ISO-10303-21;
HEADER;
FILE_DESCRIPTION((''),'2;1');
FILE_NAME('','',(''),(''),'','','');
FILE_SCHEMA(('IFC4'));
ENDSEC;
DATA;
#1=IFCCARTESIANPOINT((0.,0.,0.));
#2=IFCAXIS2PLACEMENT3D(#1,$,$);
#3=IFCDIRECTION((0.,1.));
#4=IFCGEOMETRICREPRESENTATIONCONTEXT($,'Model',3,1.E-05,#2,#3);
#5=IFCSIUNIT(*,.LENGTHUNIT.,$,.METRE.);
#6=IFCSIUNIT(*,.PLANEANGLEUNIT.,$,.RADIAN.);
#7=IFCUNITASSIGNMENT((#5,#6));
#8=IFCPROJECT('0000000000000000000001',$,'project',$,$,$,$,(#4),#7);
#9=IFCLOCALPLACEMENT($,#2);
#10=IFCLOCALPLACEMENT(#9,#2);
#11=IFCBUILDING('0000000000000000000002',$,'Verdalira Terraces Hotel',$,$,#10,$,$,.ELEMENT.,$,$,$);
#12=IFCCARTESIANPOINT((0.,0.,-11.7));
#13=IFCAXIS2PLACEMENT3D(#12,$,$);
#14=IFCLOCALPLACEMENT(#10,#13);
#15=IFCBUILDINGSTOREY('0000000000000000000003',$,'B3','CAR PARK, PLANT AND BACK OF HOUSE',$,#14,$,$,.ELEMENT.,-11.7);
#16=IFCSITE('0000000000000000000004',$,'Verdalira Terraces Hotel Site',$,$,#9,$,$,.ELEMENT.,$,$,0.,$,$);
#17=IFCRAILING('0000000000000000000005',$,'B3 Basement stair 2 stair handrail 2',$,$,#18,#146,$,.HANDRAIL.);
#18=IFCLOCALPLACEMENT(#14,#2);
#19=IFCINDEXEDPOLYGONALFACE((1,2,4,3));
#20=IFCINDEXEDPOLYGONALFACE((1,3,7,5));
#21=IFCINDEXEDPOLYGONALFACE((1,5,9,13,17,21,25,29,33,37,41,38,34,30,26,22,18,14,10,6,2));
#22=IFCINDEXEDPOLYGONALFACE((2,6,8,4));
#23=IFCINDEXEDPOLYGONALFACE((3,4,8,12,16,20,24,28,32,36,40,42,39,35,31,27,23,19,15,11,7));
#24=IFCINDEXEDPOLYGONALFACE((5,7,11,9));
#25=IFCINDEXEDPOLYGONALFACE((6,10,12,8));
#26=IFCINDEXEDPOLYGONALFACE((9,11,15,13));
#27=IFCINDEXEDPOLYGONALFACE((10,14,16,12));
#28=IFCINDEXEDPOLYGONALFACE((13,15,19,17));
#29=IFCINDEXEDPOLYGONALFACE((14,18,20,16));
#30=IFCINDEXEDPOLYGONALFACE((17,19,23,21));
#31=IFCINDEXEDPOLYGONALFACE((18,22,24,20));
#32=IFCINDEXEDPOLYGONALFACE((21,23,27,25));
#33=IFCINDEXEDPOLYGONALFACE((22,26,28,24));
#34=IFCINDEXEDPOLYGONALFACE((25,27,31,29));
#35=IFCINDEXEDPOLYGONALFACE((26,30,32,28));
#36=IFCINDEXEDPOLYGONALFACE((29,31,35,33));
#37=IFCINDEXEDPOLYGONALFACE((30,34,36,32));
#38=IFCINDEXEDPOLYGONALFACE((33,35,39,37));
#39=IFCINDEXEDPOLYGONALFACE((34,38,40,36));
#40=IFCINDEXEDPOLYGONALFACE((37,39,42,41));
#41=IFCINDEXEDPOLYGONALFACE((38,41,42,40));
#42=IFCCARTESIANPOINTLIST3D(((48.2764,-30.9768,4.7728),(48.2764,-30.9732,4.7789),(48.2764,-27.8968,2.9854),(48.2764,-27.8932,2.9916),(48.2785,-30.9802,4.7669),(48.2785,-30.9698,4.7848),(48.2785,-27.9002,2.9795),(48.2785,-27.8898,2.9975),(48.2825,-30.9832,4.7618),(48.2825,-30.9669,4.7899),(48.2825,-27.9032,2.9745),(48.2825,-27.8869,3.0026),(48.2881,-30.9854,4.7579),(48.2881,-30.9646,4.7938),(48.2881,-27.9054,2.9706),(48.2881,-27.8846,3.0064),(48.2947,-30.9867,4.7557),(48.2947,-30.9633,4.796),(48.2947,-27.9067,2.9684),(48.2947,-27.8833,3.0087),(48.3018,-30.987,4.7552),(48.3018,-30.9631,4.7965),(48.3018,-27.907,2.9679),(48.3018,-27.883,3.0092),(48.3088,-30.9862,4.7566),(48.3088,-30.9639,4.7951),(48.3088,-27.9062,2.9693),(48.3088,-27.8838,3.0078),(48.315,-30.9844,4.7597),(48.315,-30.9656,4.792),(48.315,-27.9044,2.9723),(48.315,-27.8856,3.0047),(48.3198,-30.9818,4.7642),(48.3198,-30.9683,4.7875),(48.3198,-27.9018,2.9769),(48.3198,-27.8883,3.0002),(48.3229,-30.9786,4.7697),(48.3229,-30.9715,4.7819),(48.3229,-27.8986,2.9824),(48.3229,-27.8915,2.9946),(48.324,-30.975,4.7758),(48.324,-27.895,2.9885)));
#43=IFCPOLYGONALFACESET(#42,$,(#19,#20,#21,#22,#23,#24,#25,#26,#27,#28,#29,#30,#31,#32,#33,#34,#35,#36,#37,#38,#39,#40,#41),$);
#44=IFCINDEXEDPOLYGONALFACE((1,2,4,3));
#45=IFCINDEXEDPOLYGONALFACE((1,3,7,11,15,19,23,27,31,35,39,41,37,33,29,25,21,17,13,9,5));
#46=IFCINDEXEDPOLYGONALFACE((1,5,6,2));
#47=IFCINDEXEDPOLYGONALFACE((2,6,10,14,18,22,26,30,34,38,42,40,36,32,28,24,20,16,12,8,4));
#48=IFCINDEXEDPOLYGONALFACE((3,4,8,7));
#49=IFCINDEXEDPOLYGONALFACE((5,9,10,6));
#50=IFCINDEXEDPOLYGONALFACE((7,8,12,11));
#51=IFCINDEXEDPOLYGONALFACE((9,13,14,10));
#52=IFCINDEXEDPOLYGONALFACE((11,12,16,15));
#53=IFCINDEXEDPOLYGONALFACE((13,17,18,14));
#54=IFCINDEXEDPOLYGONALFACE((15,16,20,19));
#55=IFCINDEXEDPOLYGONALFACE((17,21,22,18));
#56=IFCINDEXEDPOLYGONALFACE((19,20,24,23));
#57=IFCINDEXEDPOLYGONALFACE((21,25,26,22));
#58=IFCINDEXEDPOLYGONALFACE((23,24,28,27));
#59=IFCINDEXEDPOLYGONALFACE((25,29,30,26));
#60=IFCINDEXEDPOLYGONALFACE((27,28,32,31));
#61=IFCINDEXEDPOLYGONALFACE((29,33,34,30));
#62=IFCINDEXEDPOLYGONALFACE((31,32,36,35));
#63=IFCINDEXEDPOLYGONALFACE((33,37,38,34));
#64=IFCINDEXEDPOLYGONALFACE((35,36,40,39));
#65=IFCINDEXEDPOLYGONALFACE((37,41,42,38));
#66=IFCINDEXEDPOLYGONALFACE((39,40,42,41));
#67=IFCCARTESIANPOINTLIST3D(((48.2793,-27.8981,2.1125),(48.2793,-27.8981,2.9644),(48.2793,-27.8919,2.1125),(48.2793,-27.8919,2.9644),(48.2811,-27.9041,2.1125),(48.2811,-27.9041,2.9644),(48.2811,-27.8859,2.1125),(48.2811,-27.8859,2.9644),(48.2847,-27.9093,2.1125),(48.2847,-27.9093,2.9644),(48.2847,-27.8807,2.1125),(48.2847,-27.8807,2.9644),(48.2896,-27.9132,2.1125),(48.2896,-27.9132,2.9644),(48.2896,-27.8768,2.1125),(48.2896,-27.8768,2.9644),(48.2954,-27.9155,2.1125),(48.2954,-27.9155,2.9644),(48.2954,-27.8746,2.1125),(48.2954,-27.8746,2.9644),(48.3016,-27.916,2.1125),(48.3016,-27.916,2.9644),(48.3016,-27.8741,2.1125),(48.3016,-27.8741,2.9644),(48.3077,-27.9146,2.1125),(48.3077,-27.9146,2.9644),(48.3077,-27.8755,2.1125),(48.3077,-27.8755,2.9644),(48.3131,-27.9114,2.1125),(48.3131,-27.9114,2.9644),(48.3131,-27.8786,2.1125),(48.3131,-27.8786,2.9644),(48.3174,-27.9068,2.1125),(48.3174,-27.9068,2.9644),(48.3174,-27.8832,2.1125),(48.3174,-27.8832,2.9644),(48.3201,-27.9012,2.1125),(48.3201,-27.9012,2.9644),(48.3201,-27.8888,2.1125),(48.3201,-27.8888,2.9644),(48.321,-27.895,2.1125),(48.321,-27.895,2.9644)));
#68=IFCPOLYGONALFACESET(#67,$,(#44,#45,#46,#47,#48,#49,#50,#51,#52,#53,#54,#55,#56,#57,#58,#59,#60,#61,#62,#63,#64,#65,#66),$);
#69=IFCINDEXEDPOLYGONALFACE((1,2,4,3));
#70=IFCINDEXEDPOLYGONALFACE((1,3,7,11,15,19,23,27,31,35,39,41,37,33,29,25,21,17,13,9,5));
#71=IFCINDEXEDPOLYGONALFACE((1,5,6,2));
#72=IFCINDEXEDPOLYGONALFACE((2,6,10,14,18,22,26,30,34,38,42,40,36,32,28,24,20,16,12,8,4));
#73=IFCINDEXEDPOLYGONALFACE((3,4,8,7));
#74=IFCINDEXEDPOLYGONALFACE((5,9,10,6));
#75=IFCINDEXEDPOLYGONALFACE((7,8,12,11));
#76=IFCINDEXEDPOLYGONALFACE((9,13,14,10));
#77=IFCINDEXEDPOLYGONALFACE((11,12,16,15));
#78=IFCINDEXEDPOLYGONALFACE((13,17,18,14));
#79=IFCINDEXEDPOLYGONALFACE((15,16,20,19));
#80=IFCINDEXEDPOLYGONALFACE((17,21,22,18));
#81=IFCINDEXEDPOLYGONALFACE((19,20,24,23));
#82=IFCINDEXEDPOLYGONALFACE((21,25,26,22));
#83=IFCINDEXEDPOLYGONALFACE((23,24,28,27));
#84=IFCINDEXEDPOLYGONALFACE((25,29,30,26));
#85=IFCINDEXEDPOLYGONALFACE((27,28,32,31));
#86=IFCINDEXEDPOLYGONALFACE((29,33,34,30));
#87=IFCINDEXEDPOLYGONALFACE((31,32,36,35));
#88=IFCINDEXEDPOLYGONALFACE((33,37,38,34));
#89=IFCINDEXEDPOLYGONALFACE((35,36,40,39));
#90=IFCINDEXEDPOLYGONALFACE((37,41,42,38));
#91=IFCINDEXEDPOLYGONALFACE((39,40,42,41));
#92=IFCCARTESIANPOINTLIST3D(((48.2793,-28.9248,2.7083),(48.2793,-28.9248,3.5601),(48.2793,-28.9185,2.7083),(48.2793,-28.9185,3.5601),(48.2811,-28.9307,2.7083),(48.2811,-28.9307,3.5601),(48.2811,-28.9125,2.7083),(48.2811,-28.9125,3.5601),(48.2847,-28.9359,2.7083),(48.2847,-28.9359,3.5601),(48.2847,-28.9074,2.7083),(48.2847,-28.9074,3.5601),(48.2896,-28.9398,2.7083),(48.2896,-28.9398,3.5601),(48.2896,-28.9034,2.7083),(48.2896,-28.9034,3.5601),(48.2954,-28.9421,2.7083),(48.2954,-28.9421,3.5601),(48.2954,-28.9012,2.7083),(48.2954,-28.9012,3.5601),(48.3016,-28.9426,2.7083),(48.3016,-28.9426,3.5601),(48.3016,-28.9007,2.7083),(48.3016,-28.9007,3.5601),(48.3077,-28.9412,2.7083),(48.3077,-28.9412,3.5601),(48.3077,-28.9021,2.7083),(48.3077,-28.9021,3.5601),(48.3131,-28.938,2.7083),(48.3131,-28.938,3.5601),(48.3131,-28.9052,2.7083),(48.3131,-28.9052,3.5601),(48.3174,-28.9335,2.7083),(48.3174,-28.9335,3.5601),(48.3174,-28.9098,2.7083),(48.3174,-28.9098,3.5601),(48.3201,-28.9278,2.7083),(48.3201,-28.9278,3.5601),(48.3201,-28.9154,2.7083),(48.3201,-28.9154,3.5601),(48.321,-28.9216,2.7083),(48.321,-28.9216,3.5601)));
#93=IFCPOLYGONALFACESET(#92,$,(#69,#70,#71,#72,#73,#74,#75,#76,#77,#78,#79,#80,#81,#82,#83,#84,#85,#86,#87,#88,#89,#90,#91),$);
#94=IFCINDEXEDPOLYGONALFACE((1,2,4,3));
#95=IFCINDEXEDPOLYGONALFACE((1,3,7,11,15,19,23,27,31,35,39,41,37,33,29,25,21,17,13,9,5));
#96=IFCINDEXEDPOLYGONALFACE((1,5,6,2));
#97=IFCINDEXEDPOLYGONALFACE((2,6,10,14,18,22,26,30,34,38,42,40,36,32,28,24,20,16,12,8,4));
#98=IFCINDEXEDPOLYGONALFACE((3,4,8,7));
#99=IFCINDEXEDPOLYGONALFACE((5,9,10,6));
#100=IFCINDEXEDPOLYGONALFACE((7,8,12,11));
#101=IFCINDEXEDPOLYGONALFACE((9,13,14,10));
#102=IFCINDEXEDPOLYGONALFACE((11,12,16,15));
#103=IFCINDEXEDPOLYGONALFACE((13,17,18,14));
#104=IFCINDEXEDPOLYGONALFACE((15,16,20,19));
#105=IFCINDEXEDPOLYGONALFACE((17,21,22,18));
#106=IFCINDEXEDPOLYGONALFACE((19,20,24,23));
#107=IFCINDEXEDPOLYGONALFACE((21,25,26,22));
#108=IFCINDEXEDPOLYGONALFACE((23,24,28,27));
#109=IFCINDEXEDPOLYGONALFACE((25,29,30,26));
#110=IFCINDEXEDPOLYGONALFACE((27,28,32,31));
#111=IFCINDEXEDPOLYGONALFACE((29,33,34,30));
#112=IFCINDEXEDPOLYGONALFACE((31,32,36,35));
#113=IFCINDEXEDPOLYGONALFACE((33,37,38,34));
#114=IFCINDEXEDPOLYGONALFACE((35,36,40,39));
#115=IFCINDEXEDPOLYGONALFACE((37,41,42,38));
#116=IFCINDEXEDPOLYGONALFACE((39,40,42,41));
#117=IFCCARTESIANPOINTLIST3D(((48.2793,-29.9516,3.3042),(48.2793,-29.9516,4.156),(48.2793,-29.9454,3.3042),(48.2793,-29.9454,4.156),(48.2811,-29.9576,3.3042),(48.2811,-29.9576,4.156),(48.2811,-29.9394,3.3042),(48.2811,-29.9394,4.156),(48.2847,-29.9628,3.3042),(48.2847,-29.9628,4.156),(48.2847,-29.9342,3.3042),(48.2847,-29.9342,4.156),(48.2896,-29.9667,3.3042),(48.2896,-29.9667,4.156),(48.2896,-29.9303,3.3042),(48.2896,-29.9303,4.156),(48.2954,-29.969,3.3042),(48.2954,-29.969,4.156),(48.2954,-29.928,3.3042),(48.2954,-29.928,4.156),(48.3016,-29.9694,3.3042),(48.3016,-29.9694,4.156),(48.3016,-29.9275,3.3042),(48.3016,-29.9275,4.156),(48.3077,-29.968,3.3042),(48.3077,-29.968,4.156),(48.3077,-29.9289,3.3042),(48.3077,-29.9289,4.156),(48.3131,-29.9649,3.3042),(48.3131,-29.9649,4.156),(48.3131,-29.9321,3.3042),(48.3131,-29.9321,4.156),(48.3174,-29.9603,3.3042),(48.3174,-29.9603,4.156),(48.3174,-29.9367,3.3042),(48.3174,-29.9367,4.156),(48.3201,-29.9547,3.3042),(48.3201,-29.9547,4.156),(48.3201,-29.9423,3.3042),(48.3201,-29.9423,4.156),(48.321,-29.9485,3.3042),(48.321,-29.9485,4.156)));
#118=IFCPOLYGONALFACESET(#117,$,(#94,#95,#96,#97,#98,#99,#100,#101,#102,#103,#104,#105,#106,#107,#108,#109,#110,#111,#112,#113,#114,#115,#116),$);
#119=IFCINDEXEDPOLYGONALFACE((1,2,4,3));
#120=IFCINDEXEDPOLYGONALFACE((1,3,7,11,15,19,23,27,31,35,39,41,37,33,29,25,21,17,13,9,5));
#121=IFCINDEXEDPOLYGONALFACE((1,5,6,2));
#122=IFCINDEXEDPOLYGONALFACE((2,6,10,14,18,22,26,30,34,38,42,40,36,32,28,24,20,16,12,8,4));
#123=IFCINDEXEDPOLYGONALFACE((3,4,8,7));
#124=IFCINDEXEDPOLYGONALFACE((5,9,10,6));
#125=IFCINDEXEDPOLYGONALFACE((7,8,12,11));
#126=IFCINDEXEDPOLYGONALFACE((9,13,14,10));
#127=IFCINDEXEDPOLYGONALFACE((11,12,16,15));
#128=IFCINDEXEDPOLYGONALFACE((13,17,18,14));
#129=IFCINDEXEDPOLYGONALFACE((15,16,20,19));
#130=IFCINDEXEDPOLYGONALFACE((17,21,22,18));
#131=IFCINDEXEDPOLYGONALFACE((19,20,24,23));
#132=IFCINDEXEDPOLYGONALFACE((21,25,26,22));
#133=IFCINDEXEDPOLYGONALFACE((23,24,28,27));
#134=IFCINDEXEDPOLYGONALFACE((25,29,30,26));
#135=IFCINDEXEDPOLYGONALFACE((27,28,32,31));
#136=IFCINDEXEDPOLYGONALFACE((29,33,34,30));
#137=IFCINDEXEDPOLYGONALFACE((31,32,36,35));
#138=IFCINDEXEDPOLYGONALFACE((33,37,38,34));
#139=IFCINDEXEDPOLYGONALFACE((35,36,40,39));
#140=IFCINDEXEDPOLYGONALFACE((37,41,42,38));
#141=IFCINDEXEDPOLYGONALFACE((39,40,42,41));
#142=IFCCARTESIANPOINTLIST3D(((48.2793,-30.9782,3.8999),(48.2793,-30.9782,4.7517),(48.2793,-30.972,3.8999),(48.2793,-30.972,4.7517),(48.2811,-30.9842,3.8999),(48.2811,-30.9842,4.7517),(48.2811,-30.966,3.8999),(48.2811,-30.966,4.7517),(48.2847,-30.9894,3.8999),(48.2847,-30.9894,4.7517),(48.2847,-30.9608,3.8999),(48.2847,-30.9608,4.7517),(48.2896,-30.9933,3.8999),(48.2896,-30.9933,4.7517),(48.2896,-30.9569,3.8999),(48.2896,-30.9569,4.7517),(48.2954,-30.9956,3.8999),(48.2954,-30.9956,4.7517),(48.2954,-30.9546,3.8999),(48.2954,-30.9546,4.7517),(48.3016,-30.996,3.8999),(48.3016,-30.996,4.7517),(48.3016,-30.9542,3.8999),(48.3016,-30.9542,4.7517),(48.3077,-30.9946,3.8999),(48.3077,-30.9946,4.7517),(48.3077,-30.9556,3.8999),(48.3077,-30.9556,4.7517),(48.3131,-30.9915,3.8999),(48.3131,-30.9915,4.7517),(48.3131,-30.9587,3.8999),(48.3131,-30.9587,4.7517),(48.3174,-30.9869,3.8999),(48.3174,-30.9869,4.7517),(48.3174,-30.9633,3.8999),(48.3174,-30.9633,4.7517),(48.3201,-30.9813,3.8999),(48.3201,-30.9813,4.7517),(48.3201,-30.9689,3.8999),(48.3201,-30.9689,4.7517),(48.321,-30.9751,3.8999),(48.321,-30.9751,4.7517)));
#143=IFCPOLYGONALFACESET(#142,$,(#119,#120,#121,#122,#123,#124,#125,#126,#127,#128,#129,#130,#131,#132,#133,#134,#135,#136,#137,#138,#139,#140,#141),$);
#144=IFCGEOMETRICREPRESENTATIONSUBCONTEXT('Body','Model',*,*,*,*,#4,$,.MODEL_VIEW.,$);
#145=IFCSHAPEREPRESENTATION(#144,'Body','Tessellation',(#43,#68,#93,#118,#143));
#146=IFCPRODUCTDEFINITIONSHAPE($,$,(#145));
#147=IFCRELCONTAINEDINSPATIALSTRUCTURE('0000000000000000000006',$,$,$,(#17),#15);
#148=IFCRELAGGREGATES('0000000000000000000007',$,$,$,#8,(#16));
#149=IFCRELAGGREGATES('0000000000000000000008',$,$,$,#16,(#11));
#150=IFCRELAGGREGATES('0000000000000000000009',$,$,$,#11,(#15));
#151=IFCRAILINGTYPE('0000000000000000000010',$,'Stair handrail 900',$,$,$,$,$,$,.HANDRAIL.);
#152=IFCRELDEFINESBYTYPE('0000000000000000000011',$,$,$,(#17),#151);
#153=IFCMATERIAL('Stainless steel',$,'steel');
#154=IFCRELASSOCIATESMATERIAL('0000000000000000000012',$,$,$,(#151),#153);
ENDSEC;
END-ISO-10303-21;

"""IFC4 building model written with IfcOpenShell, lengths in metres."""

from ifc_helpers import new_model, si_unit, direction, frame, origin, origin_2d, place, context, subcontext, project, spatial, circle, extrude, material, type_object, element, save


model = new_model("IFC4")

# Units and contexts
model_context = context("Model", 3, precision=1e-05, world=origin(), true_north=direction((0.0, 1.0)))
body_context = subcontext(model_context, "Body", "Model", "MODEL_VIEW")
ifc_project = project(units=[si_unit("LENGTHUNIT", "METRE"), si_unit("PLANEANGLEUNIT", "RADIAN")], contexts=[model_context])

# Site, building, storey
site_placement = place(None, origin())
site = spatial("IfcSite", under=ifc_project, at=site_placement, Name="Verdalira Terraces Hotel Site", CompositionType="ELEMENT", RefElevation=0.0)
building_placement = place(site_placement, origin())
building = spatial("IfcBuilding", under=site, at=building_placement, Name="Verdalira Terraces Hotel", CompositionType="ELEMENT")
storey_placement = place(building_placement, frame((0.0, 0.0, -11.7)))
storey = spatial("IfcBuildingStorey", under=building, at=storey_placement, Name="B3", Description="CAR PARK, PLANT AND BACK OF HOUSE", CompositionType="ELEMENT", Elevation=-11.7)

# Railing
ifc_material_1 = material(Name="Stainless steel", Category="steel")
railing_type_1 = type_object("IfcRailingType", Name="Stair handrail 900", PredefinedType="HANDRAIL", material=ifc_material_1)
railing_1_placement = place(storey_placement, frame((48.3, -27.895, 2.1125)))
element("IfcRailing", 1, at=railing_1_placement, inside=storey, type_object=railing_type_1, Name="B3 Basement stair 2 stair handrail 2", PredefinedType="HANDRAIL", context=body_context, shape_type="SweptSolid", body=[
    extrude(circle(Radius=0.0239, at=origin_2d()), frame((0.0, 0.0, 0.876), z_axis=(0.0, -0.86492, 0.501909), x_axis=(1.0, 0.0, 0.0)), (0.0, 0.0, 1.0), 3.561),
    extrude(circle(Radius=0.021, at=origin_2d()), origin(), (0.0, 0.0, 1.0), 0.8518),
    extrude(circle(Radius=0.021, at=origin_2d()), frame((0.0, -1.0266, 0.5957)), (0.0, 0.0, 1.0), 0.8518),
    extrude(circle(Radius=0.021, at=origin_2d()), frame((0.0, -2.0535, 1.1917)), (0.0, 0.0, 1.0), 0.8518),
    extrude(circle(Radius=0.021, at=origin_2d()), frame((0.0, -3.0801, 1.7874)), (0.0, 0.0, 1.0), 0.8518),
])

save(model, "model.ifc")
